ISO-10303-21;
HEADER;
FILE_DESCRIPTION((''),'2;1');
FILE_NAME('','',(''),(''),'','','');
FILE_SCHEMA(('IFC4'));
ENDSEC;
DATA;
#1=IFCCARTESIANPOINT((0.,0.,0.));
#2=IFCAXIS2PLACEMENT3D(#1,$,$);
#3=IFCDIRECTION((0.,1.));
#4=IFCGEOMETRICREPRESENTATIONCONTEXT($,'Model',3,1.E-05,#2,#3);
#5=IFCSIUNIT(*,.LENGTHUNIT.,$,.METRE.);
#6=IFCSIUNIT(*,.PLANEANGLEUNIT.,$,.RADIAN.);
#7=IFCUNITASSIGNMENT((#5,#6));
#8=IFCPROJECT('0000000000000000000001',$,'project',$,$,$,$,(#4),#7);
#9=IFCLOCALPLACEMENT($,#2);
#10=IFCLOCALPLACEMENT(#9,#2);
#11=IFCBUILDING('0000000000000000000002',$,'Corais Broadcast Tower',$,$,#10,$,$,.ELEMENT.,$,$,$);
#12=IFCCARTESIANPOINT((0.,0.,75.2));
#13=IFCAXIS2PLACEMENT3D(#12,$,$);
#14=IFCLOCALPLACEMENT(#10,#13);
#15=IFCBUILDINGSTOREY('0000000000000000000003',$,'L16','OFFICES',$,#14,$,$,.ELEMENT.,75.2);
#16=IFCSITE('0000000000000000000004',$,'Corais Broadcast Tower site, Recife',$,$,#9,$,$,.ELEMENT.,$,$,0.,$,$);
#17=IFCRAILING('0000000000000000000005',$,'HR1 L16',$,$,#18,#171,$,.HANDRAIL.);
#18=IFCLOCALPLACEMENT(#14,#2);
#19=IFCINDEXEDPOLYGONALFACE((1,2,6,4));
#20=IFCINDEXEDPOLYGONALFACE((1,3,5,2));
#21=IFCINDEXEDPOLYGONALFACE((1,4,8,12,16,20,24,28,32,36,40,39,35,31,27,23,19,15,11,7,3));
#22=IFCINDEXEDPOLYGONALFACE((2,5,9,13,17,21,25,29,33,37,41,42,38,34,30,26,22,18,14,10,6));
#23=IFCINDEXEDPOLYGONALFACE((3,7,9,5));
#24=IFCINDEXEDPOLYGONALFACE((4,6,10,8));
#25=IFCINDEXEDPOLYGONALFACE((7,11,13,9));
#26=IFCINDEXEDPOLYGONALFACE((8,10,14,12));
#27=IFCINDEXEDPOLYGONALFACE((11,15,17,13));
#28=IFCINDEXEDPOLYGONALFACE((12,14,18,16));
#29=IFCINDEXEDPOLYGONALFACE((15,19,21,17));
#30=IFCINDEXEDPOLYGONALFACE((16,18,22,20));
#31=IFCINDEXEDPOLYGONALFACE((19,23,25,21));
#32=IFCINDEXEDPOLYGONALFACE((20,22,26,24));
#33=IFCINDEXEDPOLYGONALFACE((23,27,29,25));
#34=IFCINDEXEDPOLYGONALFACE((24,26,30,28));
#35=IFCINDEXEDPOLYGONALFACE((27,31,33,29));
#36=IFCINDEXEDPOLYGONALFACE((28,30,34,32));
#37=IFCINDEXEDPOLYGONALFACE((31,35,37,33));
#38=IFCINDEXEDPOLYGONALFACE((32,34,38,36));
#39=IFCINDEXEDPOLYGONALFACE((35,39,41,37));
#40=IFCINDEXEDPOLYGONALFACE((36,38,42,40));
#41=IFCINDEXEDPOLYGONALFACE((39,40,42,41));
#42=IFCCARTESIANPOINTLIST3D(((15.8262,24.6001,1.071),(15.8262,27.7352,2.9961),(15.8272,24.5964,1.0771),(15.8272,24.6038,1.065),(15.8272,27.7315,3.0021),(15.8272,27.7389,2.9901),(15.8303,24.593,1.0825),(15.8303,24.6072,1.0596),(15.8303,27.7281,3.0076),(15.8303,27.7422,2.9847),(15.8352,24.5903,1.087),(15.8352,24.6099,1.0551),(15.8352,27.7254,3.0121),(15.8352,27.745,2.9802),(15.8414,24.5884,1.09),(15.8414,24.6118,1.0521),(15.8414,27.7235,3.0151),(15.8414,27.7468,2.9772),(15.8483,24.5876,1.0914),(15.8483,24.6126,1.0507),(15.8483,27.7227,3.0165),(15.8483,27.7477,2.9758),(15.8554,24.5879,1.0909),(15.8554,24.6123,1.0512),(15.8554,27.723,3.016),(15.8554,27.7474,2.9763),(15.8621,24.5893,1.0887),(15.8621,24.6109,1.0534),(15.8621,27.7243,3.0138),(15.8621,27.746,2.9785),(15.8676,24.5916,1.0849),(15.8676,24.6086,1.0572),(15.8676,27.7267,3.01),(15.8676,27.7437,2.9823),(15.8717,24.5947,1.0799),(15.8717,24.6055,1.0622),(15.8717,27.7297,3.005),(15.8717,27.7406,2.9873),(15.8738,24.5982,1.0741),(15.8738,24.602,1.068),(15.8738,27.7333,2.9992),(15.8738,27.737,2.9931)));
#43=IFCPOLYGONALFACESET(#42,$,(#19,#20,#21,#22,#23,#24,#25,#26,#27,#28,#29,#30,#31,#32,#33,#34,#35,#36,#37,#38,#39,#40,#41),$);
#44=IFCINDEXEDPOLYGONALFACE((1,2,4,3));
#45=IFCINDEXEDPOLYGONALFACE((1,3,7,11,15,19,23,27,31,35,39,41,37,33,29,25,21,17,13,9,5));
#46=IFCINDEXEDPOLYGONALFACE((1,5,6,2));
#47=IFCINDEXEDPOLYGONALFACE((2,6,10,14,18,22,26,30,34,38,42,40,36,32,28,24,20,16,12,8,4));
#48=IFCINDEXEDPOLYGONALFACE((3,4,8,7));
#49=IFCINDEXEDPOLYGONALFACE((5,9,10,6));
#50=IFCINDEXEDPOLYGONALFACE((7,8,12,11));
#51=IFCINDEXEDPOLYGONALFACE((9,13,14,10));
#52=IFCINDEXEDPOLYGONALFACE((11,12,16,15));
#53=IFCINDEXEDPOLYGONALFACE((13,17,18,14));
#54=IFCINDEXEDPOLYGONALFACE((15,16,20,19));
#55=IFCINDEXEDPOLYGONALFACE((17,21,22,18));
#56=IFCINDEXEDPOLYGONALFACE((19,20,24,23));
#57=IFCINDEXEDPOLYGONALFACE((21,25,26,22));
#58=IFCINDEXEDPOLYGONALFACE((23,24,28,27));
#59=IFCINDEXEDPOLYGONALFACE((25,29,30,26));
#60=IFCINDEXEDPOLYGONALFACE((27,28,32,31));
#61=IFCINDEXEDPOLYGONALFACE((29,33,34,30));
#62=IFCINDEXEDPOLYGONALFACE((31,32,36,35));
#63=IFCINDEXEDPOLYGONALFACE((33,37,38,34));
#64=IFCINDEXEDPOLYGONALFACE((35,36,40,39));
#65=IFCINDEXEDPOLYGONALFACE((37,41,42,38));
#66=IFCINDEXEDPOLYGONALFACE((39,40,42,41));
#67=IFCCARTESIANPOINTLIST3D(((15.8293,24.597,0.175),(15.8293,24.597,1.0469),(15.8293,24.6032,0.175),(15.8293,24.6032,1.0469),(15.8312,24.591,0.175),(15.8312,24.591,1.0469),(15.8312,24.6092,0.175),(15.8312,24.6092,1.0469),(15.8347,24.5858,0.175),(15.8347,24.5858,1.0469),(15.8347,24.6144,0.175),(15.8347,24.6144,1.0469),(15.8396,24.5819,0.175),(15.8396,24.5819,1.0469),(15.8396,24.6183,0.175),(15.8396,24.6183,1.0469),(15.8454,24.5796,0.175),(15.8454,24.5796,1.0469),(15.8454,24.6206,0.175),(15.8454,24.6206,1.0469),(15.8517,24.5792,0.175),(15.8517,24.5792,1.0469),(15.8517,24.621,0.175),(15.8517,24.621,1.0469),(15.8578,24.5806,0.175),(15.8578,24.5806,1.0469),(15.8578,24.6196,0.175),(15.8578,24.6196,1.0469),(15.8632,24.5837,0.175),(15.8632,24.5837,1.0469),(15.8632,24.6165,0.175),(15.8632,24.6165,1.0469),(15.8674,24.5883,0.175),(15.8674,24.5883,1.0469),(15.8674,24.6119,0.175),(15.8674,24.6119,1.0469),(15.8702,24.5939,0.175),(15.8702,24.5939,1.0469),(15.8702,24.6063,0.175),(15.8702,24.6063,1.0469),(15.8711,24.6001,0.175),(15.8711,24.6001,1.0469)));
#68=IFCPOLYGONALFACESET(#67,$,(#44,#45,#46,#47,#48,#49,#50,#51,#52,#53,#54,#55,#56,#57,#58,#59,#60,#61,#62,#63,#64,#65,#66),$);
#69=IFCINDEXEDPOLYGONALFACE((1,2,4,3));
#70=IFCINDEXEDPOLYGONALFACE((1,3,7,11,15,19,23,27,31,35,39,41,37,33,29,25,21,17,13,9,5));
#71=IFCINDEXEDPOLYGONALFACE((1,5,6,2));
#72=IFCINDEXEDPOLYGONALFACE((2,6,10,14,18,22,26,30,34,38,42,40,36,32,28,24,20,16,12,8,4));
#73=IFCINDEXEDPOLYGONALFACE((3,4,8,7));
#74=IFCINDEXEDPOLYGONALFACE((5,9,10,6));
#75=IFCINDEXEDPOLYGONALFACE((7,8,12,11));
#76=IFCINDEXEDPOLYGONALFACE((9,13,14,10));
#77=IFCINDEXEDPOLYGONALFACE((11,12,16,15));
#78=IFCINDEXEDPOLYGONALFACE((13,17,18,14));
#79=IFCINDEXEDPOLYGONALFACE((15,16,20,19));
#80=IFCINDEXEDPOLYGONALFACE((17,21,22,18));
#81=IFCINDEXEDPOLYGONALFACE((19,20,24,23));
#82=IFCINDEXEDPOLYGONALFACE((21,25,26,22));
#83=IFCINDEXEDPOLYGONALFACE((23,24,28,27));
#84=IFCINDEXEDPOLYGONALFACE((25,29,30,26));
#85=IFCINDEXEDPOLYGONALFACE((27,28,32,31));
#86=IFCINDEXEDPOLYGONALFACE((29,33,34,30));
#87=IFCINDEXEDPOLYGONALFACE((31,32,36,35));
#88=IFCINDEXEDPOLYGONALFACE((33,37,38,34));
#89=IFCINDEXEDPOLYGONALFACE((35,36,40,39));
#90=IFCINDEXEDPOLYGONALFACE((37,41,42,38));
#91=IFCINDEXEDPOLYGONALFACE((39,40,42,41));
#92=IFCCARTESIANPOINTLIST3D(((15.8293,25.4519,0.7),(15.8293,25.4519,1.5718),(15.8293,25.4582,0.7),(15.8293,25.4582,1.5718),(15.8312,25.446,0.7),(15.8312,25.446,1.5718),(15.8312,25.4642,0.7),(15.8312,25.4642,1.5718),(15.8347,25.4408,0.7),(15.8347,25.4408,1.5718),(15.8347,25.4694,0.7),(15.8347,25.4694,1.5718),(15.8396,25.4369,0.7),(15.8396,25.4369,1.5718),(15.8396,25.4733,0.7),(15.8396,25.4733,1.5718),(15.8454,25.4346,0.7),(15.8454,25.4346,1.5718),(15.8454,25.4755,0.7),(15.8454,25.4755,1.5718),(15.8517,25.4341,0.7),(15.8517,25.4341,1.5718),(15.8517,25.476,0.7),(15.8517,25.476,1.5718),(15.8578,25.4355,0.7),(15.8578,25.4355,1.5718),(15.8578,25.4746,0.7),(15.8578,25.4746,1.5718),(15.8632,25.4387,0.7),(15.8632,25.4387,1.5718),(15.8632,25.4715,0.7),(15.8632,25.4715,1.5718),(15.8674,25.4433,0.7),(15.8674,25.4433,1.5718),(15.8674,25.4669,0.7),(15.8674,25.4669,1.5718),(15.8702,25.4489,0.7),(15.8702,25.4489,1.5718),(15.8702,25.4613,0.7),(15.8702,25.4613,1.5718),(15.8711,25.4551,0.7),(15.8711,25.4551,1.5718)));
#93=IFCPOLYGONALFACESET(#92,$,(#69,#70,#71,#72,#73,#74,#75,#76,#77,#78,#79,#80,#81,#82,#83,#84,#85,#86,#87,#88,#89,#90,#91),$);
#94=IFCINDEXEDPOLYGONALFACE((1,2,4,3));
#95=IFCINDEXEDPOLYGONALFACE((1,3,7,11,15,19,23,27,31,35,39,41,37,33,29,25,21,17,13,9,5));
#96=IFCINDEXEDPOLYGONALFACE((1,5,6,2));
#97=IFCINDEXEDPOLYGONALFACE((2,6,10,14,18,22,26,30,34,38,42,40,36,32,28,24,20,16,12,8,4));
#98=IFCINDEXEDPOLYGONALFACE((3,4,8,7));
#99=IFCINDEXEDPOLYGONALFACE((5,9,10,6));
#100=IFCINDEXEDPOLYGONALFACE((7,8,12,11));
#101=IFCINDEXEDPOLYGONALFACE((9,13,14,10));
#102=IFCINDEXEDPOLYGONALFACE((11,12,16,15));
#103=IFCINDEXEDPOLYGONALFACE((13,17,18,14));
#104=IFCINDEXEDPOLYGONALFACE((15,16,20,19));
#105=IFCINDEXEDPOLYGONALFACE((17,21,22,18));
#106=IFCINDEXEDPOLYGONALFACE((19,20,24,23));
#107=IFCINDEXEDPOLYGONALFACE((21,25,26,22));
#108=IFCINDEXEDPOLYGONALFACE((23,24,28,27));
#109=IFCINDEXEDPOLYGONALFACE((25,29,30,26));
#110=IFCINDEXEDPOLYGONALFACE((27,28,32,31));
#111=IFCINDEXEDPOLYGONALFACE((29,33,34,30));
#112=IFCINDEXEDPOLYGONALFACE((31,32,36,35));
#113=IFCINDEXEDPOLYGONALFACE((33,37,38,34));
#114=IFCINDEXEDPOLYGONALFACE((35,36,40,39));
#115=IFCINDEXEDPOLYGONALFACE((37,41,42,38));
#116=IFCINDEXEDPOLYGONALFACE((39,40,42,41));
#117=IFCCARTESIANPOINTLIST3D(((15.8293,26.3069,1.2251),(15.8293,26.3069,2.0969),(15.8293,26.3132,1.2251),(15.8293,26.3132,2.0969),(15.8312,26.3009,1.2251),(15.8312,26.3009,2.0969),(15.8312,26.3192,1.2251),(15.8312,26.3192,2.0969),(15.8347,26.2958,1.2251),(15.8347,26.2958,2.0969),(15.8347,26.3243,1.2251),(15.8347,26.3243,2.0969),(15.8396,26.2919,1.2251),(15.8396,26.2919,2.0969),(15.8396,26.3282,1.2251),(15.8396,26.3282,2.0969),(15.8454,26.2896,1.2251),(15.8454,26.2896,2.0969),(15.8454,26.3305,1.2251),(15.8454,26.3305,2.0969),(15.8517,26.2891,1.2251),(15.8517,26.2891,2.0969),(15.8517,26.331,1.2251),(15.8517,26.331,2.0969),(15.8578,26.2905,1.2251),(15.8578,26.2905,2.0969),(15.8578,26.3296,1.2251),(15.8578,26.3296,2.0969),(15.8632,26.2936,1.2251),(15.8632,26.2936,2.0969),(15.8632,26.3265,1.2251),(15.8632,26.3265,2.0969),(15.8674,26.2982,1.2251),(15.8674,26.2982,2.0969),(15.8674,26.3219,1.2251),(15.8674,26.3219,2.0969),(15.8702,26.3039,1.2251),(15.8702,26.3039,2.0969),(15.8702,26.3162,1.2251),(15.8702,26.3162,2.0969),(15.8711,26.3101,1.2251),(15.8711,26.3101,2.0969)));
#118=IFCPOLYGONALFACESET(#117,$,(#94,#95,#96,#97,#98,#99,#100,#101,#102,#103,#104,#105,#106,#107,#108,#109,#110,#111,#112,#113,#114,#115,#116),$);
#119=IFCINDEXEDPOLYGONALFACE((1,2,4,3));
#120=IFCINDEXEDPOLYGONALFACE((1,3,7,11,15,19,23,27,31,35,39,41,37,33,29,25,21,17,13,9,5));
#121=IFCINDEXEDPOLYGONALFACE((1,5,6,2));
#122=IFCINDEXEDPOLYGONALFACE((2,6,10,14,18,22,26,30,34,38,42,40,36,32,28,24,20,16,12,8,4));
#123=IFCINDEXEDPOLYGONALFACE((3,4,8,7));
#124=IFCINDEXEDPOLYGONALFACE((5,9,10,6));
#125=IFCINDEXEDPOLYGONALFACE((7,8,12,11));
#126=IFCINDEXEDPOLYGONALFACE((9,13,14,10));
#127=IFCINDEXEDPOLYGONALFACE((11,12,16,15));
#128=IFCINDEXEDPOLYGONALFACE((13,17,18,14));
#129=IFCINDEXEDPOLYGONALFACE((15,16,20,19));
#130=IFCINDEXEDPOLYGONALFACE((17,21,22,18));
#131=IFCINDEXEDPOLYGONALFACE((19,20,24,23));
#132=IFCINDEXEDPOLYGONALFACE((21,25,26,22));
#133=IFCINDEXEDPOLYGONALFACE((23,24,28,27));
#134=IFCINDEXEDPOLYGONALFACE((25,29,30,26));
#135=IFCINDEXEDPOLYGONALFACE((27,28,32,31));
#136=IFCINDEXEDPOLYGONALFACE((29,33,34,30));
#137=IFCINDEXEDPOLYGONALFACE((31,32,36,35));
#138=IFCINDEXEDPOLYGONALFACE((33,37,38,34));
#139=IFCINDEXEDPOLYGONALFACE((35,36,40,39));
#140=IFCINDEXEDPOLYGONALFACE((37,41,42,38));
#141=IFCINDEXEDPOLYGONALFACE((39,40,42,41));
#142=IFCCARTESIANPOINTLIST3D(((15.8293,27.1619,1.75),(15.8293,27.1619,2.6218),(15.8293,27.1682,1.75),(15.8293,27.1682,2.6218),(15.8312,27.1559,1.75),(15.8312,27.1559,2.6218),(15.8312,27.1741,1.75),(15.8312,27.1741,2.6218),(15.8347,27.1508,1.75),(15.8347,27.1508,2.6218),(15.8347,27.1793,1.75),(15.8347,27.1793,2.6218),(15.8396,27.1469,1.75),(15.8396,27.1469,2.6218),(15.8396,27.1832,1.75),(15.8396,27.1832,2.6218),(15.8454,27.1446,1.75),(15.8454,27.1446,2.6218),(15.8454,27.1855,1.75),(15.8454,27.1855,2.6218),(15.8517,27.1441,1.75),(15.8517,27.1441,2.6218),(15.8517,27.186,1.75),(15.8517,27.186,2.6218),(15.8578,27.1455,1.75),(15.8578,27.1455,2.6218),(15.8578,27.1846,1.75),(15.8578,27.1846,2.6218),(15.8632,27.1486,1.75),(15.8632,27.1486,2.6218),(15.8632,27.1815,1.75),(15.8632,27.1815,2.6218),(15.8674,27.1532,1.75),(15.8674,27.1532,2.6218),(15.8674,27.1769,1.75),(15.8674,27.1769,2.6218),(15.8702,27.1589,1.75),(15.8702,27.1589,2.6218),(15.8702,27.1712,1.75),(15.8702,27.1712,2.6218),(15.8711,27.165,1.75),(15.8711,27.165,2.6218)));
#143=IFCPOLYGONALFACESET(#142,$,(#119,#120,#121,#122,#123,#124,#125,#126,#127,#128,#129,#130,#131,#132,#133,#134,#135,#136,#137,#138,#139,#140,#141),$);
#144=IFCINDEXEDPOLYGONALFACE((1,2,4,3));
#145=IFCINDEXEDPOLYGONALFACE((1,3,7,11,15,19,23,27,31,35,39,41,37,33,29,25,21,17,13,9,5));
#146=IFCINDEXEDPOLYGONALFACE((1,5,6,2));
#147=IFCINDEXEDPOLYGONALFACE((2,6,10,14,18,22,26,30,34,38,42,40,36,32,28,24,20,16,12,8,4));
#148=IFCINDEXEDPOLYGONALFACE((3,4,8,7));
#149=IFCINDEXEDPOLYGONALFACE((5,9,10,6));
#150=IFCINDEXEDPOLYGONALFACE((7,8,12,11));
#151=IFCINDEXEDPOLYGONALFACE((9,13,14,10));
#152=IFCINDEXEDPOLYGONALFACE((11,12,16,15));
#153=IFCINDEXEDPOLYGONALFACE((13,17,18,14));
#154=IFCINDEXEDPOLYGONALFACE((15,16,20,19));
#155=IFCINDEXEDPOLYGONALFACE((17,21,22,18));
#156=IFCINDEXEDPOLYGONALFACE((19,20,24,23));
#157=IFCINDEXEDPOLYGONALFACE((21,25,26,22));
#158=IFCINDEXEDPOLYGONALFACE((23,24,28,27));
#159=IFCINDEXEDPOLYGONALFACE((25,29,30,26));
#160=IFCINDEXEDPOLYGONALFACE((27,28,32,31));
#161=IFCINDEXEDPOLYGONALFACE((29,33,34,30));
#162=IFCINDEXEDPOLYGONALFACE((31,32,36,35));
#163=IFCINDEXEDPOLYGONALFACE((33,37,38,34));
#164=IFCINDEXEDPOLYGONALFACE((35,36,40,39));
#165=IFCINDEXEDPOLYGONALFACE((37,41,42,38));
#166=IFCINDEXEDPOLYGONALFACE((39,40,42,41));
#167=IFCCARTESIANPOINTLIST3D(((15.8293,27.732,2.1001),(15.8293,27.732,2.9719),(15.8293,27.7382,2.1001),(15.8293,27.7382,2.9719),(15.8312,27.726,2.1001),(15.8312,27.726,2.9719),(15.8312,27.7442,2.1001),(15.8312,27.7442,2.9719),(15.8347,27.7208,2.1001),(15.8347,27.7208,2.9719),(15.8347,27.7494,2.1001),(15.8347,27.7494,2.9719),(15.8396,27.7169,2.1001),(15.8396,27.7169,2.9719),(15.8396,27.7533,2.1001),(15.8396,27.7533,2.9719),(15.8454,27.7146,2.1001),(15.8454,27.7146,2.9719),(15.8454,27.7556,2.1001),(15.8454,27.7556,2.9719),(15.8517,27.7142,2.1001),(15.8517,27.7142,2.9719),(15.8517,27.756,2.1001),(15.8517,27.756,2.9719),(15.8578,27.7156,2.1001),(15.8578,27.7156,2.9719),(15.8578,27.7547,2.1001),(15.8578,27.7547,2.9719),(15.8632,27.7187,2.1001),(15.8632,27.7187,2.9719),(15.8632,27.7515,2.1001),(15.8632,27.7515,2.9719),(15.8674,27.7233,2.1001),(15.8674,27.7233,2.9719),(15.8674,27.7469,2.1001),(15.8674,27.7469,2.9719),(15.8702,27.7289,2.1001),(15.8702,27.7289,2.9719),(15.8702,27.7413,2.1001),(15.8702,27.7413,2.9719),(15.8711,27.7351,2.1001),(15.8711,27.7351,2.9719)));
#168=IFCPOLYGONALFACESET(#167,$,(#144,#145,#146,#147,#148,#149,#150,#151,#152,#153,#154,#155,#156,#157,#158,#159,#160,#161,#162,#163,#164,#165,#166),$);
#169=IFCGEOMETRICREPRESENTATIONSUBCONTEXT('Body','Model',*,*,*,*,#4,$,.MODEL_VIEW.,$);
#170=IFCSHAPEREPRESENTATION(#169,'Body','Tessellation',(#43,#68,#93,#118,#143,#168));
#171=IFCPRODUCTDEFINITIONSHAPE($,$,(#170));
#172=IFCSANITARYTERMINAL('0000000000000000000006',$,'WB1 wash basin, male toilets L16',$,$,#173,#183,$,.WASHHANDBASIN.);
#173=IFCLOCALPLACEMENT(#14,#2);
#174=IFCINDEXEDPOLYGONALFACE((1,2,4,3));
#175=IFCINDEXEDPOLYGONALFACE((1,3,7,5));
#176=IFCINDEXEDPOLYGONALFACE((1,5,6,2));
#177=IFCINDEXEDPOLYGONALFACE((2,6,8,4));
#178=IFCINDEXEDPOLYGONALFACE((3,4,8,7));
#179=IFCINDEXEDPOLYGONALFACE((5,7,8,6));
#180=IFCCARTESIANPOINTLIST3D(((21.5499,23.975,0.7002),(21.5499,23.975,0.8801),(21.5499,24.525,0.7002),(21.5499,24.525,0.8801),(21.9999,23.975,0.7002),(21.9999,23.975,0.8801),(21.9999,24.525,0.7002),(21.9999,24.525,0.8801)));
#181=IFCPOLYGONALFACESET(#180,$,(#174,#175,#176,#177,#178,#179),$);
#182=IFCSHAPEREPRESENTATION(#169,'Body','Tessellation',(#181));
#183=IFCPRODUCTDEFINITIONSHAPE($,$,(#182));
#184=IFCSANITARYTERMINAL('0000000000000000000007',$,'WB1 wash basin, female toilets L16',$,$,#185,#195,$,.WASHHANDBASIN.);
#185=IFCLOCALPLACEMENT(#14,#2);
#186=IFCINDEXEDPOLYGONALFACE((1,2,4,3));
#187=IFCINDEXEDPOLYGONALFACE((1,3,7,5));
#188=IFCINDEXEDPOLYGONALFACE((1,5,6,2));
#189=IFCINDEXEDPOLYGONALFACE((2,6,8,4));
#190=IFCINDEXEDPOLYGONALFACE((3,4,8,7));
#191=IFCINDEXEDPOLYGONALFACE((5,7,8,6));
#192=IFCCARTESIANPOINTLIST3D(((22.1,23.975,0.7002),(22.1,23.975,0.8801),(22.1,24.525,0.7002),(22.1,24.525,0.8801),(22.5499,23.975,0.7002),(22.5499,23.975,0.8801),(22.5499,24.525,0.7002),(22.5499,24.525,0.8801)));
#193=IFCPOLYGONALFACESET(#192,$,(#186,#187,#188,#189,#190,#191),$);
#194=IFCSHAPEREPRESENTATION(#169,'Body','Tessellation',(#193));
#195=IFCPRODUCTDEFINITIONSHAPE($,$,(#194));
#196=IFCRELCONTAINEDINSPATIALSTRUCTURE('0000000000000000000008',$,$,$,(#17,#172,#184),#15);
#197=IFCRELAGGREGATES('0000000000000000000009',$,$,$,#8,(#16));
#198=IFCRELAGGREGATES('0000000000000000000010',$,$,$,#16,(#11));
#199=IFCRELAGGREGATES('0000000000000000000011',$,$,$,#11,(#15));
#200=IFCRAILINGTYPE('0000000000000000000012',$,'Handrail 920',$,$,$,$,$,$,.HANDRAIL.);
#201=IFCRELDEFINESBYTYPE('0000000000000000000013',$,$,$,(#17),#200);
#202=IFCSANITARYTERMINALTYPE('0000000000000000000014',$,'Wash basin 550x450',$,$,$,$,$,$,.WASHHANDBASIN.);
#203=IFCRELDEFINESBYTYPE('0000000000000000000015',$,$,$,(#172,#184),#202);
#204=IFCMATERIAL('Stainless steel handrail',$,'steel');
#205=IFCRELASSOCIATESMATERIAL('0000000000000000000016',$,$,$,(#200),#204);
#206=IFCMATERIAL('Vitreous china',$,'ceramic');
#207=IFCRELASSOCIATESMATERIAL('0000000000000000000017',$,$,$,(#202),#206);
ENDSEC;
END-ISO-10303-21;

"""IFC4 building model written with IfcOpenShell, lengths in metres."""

from ifc_helpers import new_model, si_unit, direction, frame, origin, origin_2d, place, context, subcontext, project, spatial, rectangle, circle, extrude, material, type_object, element, save


model = new_model("IFC4")

# Units and contexts
model_context = context("Model", 3, precision=1e-05, world=origin(), true_north=direction((0.0, 1.0)))
body_context = subcontext(model_context, "Body", "Model", "MODEL_VIEW")
ifc_project = project(units=[si_unit("LENGTHUNIT", "METRE"), si_unit("PLANEANGLEUNIT", "RADIAN")], contexts=[model_context])

# Site, building, storey
site_placement = place(None, origin())
site = spatial("IfcSite", under=ifc_project, at=site_placement, Name="Corais Broadcast Tower site, Recife", CompositionType="ELEMENT", RefElevation=0.0)
building_placement = place(site_placement, origin())
building = spatial("IfcBuilding", under=site, at=building_placement, Name="Corais Broadcast Tower", CompositionType="ELEMENT")
storey_placement = place(building_placement, frame((0.0, 0.0, 75.2)))
storey = spatial("IfcBuildingStorey", under=building, at=storey_placement, Name="L16", Description="OFFICES", CompositionType="ELEMENT", Elevation=75.2)

# Railing
ifc_material_1 = material(Name="Stainless steel handrail", Category="steel")
railing_type = type_object("IfcRailingType", Name="Handrail 920", PredefinedType="HANDRAIL", material=ifc_material_1)
for number, where, name in (
    (1, (15.8501, 24.6001, 0.175), "HR1 L16"),
):
    element("IfcRailing", number, at=place(storey_placement, frame(where)), inside=storey, type_object=railing_type, Name=name, PredefinedType="HANDRAIL", context=body_context, shape_type="SweptSolid", body=[
        extrude(circle(Radius=0.0239, at=origin_2d()), frame((0.0, 0.0, 0.896), z_axis=(0.0, 0.852166, 0.523271), x_axis=(-1.0, 0.0, 0.0)), (0.0, 0.0, 1.0), 3.679),
        extrude(circle(Radius=0.021, at=origin_2d()), origin(), (0.0, 0.0, 1.0), 0.8718),
        extrude(circle(Radius=0.021, at=origin_2d()), frame((0.0, 0.855, 0.5249)), (0.0, 0.0, 1.0), 0.8718),
        extrude(circle(Radius=0.021, at=origin_2d()), frame((0.0, 1.71, 1.05)), (0.0, 0.0, 1.0), 0.8718),
        extrude(circle(Radius=0.021, at=origin_2d()), frame((0.0, 2.5649, 1.575)), (0.0, 0.0, 1.0), 0.8718),
        extrude(circle(Radius=0.021, at=origin_2d()), frame((0.0, 3.135, 1.925)), (0.0, 0.0, 1.0), 0.8718),
    ])

# Sanitary terminals
ifc_material_2 = material(Name="Vitreous china", Category="ceramic")
sanitary_terminal_type = type_object("IfcSanitaryTerminalType", Name="Wash basin 550x450", PredefinedType="WASHHANDBASIN", material=ifc_material_2)
for number, where, z_axis, x_axis, name in (
    (2, (21.7749, 24.25, 0.7002), (0.0, 0.0, 1.0), (1.0, 0.0, 0.0), "WB1 wash basin, male toilets L16"),
    (3, (22.325, 24.25, 0.7002), (0.0, 0.0, 1.0), (1.0, 0.0, 0.0), "WB1 wash basin, female toilets L16"),
):
    element("IfcSanitaryTerminal", number, at=place(storey_placement, frame(where, z_axis=z_axis, x_axis=x_axis)), inside=storey, type_object=sanitary_terminal_type, Name=name, PredefinedType="WASHHANDBASIN", context=body_context, shape_type="SweptSolid", body=[
        extrude(rectangle(XDim=0.45, YDim=0.55, at=origin_2d()), origin(), (0.0, 0.0, 1.0), 0.1799),
    ])

save(model, "model.ifc")
